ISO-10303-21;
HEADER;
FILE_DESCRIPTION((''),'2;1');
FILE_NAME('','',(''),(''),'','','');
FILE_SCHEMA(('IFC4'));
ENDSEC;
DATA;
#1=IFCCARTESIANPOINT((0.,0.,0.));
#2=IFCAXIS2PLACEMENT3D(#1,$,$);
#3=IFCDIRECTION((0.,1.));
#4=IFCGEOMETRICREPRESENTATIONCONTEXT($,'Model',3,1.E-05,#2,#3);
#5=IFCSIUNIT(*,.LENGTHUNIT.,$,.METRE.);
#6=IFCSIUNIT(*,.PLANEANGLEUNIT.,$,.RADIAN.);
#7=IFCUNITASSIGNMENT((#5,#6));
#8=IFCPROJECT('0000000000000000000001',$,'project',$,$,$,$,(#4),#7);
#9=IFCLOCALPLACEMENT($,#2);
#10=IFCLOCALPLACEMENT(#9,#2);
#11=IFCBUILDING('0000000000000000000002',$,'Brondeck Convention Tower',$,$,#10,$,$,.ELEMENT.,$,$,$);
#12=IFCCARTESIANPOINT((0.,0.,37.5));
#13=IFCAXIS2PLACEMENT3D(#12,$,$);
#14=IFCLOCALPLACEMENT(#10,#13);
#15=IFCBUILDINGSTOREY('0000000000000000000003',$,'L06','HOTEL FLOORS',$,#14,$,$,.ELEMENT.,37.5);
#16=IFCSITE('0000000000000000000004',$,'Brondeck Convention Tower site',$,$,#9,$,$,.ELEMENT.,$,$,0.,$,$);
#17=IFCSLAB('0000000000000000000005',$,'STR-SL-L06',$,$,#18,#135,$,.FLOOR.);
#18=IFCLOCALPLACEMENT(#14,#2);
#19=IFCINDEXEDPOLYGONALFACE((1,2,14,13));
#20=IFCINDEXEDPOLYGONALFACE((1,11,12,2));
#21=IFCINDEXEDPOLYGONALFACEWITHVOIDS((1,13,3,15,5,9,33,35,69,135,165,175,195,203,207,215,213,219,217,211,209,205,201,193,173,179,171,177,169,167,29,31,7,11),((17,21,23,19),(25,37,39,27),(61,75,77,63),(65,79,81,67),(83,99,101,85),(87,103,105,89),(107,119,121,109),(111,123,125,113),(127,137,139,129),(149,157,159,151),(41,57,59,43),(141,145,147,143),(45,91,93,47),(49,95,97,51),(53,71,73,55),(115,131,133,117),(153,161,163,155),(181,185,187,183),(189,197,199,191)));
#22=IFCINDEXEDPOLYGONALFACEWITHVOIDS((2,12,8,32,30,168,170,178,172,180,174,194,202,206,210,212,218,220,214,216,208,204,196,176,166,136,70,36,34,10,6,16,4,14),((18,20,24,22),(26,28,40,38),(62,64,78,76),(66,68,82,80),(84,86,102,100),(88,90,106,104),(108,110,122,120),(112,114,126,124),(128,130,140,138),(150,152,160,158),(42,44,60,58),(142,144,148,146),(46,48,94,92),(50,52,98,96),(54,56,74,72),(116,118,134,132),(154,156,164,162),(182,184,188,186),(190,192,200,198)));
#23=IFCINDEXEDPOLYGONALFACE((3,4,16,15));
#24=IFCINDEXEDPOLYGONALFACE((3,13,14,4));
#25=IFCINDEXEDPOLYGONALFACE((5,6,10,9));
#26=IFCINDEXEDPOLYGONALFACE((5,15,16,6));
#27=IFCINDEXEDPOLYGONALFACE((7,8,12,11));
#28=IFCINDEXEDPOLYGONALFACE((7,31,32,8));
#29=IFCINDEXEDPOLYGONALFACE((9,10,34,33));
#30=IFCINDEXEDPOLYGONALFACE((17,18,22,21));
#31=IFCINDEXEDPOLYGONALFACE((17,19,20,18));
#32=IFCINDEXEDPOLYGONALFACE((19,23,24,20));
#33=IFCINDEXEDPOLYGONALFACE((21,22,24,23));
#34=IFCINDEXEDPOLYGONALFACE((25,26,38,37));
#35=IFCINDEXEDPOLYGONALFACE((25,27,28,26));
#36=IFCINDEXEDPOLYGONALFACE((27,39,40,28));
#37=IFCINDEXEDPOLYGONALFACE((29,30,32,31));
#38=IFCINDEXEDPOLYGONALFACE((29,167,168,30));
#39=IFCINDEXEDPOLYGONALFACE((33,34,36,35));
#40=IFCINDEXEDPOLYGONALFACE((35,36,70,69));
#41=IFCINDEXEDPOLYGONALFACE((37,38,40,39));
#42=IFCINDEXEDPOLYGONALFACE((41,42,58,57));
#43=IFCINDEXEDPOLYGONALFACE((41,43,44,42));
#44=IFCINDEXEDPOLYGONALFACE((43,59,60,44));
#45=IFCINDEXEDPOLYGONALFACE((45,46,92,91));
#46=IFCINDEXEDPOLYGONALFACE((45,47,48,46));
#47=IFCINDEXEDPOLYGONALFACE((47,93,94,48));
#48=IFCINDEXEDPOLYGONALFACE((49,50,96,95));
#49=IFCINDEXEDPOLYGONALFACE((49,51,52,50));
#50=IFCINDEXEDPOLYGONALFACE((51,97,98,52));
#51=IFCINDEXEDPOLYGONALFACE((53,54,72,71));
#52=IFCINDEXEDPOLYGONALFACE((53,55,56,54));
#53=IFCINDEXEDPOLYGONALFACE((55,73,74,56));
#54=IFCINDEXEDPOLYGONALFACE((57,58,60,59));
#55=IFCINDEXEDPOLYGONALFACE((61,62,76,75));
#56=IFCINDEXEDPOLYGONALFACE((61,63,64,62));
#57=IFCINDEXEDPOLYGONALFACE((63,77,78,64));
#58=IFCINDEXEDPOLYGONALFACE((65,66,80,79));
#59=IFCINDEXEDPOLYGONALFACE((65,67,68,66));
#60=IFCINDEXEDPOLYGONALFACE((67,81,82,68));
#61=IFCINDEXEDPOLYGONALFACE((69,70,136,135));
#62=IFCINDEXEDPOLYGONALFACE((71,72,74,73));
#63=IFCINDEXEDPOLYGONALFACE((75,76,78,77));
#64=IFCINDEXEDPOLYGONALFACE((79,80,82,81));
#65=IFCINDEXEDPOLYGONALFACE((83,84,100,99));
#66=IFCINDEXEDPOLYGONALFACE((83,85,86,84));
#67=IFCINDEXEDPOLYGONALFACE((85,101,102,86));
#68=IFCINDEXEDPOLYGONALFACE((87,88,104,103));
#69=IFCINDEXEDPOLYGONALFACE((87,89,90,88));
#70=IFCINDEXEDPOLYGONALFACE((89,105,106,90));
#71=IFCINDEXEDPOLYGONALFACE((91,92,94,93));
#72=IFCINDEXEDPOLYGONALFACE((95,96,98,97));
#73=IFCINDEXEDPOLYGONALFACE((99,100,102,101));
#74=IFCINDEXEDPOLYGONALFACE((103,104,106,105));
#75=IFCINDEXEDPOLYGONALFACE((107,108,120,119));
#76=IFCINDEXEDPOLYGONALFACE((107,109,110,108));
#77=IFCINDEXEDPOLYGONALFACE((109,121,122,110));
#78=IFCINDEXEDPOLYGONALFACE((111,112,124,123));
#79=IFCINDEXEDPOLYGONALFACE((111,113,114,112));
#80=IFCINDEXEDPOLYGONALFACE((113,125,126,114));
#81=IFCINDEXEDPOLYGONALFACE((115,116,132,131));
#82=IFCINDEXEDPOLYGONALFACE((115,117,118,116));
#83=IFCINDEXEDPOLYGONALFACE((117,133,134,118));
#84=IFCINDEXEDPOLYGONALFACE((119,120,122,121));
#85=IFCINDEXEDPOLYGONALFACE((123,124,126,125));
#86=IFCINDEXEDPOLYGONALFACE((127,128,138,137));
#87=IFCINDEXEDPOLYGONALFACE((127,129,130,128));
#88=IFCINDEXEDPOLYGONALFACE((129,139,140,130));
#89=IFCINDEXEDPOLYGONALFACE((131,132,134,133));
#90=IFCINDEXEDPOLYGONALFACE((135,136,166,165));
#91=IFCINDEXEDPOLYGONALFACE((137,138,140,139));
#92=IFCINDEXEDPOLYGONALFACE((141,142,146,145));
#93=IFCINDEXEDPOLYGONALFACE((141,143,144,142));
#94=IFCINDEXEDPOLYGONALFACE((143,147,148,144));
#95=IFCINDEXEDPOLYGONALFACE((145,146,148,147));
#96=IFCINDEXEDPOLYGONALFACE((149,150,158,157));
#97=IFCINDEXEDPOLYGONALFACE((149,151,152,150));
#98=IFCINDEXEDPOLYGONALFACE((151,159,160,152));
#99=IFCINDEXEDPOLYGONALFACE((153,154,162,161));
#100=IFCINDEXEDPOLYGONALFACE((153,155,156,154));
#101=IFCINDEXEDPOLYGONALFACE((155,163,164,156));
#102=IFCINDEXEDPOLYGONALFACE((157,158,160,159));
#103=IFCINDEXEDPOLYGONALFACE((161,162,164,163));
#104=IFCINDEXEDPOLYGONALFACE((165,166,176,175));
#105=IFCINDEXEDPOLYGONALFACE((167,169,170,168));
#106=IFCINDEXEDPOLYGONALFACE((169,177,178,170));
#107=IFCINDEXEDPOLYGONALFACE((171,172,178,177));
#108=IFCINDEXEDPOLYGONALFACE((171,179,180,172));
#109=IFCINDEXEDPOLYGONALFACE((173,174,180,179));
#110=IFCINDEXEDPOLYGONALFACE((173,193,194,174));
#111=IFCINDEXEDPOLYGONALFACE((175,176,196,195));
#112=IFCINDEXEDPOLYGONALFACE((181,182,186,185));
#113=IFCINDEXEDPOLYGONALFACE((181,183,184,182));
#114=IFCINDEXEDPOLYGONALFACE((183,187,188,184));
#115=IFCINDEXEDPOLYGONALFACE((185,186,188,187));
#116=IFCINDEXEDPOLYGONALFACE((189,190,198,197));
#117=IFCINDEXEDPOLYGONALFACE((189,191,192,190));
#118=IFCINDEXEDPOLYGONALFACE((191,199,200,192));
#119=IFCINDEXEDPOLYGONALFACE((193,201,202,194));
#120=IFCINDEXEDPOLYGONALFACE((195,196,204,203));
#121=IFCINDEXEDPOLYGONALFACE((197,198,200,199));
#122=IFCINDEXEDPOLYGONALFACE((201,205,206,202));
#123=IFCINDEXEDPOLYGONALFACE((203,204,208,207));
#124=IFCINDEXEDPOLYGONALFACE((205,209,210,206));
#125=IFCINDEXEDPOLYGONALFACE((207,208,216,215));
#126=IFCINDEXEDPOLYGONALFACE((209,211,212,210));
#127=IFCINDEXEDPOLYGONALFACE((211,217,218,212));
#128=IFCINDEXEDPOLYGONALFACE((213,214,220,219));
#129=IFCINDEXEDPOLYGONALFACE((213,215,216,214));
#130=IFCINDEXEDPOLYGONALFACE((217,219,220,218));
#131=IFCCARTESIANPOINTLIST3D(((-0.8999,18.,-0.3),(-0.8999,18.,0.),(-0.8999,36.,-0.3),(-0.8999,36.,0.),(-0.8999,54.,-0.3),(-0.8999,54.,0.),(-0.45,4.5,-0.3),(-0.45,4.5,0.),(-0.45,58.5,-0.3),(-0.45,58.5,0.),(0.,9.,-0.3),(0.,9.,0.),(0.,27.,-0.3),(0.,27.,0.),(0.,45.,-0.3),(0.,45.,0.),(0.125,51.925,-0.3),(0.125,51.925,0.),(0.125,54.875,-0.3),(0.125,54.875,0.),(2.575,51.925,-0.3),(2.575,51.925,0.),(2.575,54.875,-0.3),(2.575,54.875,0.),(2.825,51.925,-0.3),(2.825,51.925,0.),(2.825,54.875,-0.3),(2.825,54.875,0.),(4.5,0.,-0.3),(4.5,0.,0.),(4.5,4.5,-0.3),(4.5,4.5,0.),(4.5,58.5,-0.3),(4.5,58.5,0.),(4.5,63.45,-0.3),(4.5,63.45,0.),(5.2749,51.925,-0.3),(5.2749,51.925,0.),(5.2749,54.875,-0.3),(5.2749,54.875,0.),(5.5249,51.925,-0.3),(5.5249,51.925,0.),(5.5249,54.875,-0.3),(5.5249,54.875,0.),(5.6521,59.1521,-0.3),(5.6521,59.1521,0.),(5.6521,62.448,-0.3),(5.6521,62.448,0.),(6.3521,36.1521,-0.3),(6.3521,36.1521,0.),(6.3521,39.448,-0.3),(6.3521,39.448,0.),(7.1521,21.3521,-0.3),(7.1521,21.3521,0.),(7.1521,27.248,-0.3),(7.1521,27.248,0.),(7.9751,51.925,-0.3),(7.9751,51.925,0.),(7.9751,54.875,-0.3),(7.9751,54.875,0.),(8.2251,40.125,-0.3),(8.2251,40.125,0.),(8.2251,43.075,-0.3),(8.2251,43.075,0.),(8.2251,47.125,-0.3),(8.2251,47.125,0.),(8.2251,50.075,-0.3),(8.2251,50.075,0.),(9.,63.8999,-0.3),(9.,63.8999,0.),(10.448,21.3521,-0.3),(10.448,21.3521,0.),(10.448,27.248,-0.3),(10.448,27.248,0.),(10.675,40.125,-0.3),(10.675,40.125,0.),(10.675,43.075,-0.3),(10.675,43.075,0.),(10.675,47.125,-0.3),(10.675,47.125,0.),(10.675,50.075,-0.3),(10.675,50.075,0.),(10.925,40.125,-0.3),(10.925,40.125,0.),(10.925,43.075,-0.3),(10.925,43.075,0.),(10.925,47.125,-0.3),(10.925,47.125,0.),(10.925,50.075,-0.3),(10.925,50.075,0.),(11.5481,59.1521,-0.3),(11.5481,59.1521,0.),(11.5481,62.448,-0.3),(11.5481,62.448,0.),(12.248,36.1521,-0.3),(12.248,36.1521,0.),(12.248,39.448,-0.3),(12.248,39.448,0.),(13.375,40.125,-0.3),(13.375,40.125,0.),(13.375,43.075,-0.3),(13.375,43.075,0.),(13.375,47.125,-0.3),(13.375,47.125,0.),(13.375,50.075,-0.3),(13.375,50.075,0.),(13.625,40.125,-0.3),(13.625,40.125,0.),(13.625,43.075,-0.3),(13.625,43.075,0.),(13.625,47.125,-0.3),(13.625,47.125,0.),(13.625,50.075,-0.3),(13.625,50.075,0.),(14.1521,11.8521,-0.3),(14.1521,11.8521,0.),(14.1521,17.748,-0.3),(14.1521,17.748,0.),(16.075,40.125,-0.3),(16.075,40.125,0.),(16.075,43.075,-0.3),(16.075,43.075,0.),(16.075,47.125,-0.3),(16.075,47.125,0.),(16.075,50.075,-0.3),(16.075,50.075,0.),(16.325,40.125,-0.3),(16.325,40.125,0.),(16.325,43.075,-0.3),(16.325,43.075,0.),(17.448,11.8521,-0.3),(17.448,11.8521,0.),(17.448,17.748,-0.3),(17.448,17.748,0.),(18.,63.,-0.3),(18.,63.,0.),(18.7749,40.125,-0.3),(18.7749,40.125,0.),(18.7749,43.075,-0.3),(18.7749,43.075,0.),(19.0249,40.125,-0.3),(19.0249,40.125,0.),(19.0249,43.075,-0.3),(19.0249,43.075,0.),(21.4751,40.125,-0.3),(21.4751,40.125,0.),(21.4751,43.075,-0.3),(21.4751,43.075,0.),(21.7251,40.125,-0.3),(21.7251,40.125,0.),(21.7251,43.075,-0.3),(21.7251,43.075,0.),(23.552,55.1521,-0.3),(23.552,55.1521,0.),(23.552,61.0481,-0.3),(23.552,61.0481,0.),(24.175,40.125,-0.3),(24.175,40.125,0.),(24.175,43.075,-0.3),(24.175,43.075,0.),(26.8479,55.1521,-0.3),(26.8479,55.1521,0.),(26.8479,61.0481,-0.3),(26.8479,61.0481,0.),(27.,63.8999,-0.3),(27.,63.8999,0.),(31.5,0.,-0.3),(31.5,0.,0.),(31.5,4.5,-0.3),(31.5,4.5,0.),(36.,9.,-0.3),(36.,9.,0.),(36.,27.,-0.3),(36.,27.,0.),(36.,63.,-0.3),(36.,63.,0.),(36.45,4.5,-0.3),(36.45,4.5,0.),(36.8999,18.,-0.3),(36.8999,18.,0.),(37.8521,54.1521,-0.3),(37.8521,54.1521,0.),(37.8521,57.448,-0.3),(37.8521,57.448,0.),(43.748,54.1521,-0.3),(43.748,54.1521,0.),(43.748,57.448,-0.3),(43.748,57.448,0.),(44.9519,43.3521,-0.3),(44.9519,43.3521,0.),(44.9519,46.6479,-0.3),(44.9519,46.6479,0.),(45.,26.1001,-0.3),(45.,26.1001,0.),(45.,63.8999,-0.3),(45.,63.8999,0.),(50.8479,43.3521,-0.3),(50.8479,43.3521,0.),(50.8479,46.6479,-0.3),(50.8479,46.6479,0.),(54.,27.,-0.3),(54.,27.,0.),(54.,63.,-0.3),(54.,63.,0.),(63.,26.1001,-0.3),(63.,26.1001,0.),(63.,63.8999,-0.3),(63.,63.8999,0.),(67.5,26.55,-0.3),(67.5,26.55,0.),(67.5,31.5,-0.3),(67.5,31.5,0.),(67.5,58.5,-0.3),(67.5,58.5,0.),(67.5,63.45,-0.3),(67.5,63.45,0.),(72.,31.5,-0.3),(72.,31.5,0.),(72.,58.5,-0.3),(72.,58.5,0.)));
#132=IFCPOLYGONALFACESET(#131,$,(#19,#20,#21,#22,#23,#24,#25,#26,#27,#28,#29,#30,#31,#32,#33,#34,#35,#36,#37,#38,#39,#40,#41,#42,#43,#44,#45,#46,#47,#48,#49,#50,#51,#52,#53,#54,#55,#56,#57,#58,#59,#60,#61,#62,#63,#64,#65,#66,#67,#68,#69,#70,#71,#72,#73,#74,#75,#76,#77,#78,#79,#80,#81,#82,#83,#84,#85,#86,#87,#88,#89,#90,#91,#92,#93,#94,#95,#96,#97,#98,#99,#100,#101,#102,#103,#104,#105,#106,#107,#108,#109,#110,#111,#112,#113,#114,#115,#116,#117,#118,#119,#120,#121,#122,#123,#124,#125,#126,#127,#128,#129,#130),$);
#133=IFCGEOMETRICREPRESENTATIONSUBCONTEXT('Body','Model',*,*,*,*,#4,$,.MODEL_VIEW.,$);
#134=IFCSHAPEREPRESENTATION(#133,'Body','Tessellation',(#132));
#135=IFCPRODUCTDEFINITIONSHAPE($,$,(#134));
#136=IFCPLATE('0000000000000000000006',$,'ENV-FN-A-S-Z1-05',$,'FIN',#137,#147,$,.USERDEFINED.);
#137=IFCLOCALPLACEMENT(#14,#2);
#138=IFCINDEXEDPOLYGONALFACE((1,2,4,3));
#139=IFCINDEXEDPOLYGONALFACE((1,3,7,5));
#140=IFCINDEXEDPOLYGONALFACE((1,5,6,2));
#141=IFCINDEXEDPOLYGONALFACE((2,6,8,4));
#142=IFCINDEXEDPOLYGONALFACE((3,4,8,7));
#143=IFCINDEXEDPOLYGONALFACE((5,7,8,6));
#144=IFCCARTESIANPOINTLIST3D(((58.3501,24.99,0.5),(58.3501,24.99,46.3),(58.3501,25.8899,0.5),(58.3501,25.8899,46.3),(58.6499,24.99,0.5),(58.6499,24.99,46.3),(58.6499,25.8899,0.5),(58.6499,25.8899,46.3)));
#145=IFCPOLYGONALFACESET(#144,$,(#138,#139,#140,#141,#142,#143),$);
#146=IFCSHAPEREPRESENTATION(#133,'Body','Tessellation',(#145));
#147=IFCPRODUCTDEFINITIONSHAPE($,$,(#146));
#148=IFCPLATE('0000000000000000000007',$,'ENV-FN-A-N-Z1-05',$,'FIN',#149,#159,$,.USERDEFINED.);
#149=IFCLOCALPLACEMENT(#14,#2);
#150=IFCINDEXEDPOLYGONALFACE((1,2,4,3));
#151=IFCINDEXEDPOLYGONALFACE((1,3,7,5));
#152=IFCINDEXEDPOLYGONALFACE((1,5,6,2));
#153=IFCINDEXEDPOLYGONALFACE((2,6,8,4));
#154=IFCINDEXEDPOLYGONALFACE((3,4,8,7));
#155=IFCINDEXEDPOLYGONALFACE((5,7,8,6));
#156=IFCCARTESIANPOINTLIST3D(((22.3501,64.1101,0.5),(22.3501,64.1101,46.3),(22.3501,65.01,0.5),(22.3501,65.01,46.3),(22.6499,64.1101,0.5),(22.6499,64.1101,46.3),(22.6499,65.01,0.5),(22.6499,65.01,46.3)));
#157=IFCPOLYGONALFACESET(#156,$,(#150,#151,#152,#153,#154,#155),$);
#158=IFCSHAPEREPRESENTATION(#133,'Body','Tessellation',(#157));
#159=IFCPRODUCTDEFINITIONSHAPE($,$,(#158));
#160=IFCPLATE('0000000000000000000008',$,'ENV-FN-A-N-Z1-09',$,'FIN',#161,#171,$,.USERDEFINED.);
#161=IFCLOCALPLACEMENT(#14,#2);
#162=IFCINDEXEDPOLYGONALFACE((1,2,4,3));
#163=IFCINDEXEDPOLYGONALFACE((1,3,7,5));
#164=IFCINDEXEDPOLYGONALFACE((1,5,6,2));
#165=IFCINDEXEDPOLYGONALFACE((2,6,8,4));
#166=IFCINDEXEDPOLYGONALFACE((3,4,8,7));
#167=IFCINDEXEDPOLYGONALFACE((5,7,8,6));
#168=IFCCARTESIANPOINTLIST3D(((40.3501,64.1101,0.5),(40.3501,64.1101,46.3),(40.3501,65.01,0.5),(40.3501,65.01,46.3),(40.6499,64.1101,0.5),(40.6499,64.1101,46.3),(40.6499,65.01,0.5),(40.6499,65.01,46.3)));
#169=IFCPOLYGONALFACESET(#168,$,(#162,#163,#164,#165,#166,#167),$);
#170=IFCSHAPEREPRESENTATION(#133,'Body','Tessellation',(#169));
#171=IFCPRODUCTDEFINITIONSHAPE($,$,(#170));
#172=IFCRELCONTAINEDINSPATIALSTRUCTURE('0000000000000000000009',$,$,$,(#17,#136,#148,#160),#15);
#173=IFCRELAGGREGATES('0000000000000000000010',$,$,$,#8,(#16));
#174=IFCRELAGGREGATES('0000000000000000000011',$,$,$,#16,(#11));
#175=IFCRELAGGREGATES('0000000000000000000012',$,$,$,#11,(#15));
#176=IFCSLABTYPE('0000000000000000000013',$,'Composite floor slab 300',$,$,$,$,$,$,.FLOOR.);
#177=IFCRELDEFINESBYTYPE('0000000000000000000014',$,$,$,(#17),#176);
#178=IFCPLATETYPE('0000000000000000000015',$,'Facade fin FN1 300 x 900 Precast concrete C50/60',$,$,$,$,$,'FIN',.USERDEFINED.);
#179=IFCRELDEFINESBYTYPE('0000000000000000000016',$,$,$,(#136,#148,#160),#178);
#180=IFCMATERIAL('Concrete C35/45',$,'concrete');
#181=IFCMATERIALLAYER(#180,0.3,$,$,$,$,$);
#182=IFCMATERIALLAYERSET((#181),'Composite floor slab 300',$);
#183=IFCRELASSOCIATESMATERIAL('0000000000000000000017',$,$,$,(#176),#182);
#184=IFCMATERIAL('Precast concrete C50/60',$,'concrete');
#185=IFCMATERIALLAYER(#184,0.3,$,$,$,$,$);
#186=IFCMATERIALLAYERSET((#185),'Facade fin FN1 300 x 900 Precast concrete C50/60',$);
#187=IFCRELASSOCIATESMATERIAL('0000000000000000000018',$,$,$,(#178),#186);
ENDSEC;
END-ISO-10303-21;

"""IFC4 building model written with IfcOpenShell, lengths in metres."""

from ifc_helpers import new_model, si_unit, direction, frame, origin, place, context, subcontext, project, spatial, polyline, outline, extrude, material, layer, layer_set, type_object, element, save


model = new_model("IFC4")

# Units and contexts
model_context = context("Model", 3, precision=1e-05, world=origin(), true_north=direction((0.0, 1.0)))
body_context = subcontext(model_context, "Body", "Model", "MODEL_VIEW")
ifc_project = project(units=[si_unit("LENGTHUNIT", "METRE"), si_unit("PLANEANGLEUNIT", "RADIAN")], contexts=[model_context])

# Site, building, storey
site_placement = place(None, origin())
site = spatial("IfcSite", under=ifc_project, at=site_placement, Name="Brondeck Convention Tower site", CompositionType="ELEMENT", RefElevation=0.0)
building_placement = place(site_placement, origin())
building = spatial("IfcBuilding", under=site, at=building_placement, Name="Brondeck Convention Tower", CompositionType="ELEMENT")
storey_placement = place(building_placement, frame((0.0, 0.0, 37.5)))
storey = spatial("IfcBuildingStorey", under=building, at=storey_placement, Name="L06", Description="HOTEL FLOORS", CompositionType="ELEMENT", Elevation=37.5)

# Slab
ifc_material_1 = material(Name="Concrete C35/45", Category="concrete")
ifc_layer_1 = layer(ifc_material_1, 0.3)
ifc_layer_set_1 = layer_set([ifc_layer_1], Name="Composite floor slab 300")
slab_type = type_object("IfcSlabType", Name="Composite floor slab 300", PredefinedType="FLOOR", material=ifc_layer_set_1)
slab_placement = place(storey_placement, frame((0.0, 0.0, -0.3)))
element("IfcSlab", 1, at=slab_placement, inside=storey, type_object=slab_type, Name="STR-SL-L06", PredefinedType="FLOOR", context=body_context, shape_type="SweptSolid", body=[
    extrude(outline(polyline([(4.5, 4.5), (-0.45, 4.5), (0.0, 9.0), (-0.8999, 18.0), (0.0, 27.0), (-0.8999, 36.0), (0.0, 45.0), (-0.8999, 54.0), (-0.45, 58.5), (4.5, 58.5), (4.5, 63.45), (9.0, 63.8999), (18.0, 63.0), (27.0, 63.8999), (36.0, 63.0), (45.0, 63.8999), (54.0, 63.0), (63.0, 63.8999), (67.5, 63.45), (67.5, 58.5), (72.0, 58.5), (72.0, 31.5), (67.5, 31.5), (67.5, 26.55), (63.0, 26.1001), (54.0, 27.0), (45.0, 26.1001), (36.0, 27.0), (36.8999, 18.0), (36.0, 9.0), (36.45, 4.5), (31.5, 4.5), (31.5, 0.0), (4.5, 0.0), (4.5, 4.5)]), holes=[polyline([(10.448, 27.248), (7.1521, 27.248), (7.1521, 21.3521), (10.448, 21.3521), (10.448, 27.248)]), polyline([(12.248, 36.1521), (12.248, 39.448), (6.3521, 39.448), (6.3521, 36.1521), (12.248, 36.1521)]), polyline([(10.675, 40.125), (10.675, 43.075), (8.2251, 43.075), (8.2251, 40.125), (10.675, 40.125)]), polyline([(13.375, 40.125), (13.375, 43.075), (10.925, 43.075), (10.925, 40.125), (13.375, 40.125)]), polyline([(10.675, 47.125), (10.675, 50.075), (8.2251, 50.075), (8.2251, 47.125), (10.675, 47.125)]), polyline([(13.375, 47.125), (13.375, 50.075), (10.925, 50.075), (10.925, 47.125), (13.375, 47.125)]), polyline([(2.575, 51.925), (2.575, 54.875), (0.125, 54.875), (0.125, 51.925), (2.575, 51.925)]), polyline([(2.825, 51.925), (5.2749, 51.925), (5.2749, 54.875), (2.825, 54.875), (2.825, 51.925)]), polyline([(5.5249, 51.925), (7.9751, 51.925), (7.9751, 54.875), (5.5249, 54.875), (5.5249, 51.925)]), polyline([(5.6521, 62.448), (5.6521, 59.1521), (11.5481, 59.1521), (11.5481, 62.448), (5.6521, 62.448)]), polyline([(17.448, 17.748), (14.1521, 17.748), (14.1521, 11.8521), (17.448, 11.8521), (17.448, 17.748)]), polyline([(16.075, 40.125), (16.075, 43.075), (13.625, 43.075), (13.625, 40.125), (16.075, 40.125)]), polyline([(16.325, 40.125), (18.7749, 40.125), (18.7749, 43.075), (16.325, 43.075), (16.325, 40.125)]), polyline([(19.0249, 40.125), (21.4751, 40.125), (21.4751, 43.075), (19.0249, 43.075), (19.0249, 40.125)]), polyline([(24.175, 40.125), (24.175, 43.075), (21.7251, 43.075), (21.7251, 40.125), (24.175, 40.125)]), polyline([(50.8479, 43.3521), (50.8479, 46.6479), (44.9519, 46.6479), (44.9519, 43.3521), (50.8479, 43.3521)]), polyline([(16.075, 47.125), (16.075, 50.075), (13.625, 50.075), (13.625, 47.125), (16.075, 47.125)]), polyline([(37.8521, 54.1521), (43.748, 54.1521), (43.748, 57.448), (37.8521, 57.448), (37.8521, 54.1521)]), polyline([(23.552, 61.0481), (23.552, 55.1521), (26.8479, 55.1521), (26.8479, 61.0481), (23.552, 61.0481)])]), origin(), (0.0, 0.0, 1.0), 0.3),
])

# Plates
ifc_material_2 = material(Name="Precast concrete C50/60", Category="concrete")
ifc_layer_2 = layer(ifc_material_2, 0.3)
ifc_layer_set_2 = layer_set([ifc_layer_2], Name="Facade fin FN1 300 x 900 Precast concrete C50/60")
plate_type_1 = type_object("IfcPlateType", Name="Facade fin FN1 300 x 900 Precast concrete C50/60", ElementType="FIN", PredefinedType="USERDEFINED", material=ifc_layer_set_2)
plate_1_placement = place(storey_placement, frame((0.0, 0.0, 0.5)))
element("IfcPlate", 2, at=plate_1_placement, inside=storey, type_object=plate_type_1, Name="ENV-FN-A-S-Z1-05", ObjectType="FIN", PredefinedType="USERDEFINED", context=body_context, shape_type="SweptSolid", body=[
    extrude(outline(polyline([(58.6499, 24.99), (58.6499, 25.8899), (58.3501, 25.8899), (58.3501, 24.99), (58.6499, 24.99)])), origin(), (0.0, 0.0, 1.0), 45.8),
])
plate_2_placement = place(storey_placement, frame((0.0, 0.0, 0.5)))
element("IfcPlate", 3, at=plate_2_placement, inside=storey, type_object=plate_type_1, Name="ENV-FN-A-N-Z1-05", ObjectType="FIN", PredefinedType="USERDEFINED", context=body_context, shape_type="SweptSolid", body=[
    extrude(outline(polyline([(22.3501, 65.01), (22.3501, 64.1101), (22.6499, 64.1101), (22.6499, 65.01), (22.3501, 65.01)])), origin(), (0.0, 0.0, 1.0), 45.8),
])
plate_3_placement = place(storey_placement, frame((0.0, 0.0, 0.5)))
element("IfcPlate", 4, at=plate_3_placement, inside=storey, type_object=plate_type_1, Name="ENV-FN-A-N-Z1-09", ObjectType="FIN", PredefinedType="USERDEFINED", context=body_context, shape_type="SweptSolid", body=[
    extrude(outline(polyline([(40.3501, 65.01), (40.3501, 64.1101), (40.6499, 64.1101), (40.6499, 65.01), (40.3501, 65.01)])), origin(), (0.0, 0.0, 1.0), 45.8),
])

save(model, "model.ifc")
